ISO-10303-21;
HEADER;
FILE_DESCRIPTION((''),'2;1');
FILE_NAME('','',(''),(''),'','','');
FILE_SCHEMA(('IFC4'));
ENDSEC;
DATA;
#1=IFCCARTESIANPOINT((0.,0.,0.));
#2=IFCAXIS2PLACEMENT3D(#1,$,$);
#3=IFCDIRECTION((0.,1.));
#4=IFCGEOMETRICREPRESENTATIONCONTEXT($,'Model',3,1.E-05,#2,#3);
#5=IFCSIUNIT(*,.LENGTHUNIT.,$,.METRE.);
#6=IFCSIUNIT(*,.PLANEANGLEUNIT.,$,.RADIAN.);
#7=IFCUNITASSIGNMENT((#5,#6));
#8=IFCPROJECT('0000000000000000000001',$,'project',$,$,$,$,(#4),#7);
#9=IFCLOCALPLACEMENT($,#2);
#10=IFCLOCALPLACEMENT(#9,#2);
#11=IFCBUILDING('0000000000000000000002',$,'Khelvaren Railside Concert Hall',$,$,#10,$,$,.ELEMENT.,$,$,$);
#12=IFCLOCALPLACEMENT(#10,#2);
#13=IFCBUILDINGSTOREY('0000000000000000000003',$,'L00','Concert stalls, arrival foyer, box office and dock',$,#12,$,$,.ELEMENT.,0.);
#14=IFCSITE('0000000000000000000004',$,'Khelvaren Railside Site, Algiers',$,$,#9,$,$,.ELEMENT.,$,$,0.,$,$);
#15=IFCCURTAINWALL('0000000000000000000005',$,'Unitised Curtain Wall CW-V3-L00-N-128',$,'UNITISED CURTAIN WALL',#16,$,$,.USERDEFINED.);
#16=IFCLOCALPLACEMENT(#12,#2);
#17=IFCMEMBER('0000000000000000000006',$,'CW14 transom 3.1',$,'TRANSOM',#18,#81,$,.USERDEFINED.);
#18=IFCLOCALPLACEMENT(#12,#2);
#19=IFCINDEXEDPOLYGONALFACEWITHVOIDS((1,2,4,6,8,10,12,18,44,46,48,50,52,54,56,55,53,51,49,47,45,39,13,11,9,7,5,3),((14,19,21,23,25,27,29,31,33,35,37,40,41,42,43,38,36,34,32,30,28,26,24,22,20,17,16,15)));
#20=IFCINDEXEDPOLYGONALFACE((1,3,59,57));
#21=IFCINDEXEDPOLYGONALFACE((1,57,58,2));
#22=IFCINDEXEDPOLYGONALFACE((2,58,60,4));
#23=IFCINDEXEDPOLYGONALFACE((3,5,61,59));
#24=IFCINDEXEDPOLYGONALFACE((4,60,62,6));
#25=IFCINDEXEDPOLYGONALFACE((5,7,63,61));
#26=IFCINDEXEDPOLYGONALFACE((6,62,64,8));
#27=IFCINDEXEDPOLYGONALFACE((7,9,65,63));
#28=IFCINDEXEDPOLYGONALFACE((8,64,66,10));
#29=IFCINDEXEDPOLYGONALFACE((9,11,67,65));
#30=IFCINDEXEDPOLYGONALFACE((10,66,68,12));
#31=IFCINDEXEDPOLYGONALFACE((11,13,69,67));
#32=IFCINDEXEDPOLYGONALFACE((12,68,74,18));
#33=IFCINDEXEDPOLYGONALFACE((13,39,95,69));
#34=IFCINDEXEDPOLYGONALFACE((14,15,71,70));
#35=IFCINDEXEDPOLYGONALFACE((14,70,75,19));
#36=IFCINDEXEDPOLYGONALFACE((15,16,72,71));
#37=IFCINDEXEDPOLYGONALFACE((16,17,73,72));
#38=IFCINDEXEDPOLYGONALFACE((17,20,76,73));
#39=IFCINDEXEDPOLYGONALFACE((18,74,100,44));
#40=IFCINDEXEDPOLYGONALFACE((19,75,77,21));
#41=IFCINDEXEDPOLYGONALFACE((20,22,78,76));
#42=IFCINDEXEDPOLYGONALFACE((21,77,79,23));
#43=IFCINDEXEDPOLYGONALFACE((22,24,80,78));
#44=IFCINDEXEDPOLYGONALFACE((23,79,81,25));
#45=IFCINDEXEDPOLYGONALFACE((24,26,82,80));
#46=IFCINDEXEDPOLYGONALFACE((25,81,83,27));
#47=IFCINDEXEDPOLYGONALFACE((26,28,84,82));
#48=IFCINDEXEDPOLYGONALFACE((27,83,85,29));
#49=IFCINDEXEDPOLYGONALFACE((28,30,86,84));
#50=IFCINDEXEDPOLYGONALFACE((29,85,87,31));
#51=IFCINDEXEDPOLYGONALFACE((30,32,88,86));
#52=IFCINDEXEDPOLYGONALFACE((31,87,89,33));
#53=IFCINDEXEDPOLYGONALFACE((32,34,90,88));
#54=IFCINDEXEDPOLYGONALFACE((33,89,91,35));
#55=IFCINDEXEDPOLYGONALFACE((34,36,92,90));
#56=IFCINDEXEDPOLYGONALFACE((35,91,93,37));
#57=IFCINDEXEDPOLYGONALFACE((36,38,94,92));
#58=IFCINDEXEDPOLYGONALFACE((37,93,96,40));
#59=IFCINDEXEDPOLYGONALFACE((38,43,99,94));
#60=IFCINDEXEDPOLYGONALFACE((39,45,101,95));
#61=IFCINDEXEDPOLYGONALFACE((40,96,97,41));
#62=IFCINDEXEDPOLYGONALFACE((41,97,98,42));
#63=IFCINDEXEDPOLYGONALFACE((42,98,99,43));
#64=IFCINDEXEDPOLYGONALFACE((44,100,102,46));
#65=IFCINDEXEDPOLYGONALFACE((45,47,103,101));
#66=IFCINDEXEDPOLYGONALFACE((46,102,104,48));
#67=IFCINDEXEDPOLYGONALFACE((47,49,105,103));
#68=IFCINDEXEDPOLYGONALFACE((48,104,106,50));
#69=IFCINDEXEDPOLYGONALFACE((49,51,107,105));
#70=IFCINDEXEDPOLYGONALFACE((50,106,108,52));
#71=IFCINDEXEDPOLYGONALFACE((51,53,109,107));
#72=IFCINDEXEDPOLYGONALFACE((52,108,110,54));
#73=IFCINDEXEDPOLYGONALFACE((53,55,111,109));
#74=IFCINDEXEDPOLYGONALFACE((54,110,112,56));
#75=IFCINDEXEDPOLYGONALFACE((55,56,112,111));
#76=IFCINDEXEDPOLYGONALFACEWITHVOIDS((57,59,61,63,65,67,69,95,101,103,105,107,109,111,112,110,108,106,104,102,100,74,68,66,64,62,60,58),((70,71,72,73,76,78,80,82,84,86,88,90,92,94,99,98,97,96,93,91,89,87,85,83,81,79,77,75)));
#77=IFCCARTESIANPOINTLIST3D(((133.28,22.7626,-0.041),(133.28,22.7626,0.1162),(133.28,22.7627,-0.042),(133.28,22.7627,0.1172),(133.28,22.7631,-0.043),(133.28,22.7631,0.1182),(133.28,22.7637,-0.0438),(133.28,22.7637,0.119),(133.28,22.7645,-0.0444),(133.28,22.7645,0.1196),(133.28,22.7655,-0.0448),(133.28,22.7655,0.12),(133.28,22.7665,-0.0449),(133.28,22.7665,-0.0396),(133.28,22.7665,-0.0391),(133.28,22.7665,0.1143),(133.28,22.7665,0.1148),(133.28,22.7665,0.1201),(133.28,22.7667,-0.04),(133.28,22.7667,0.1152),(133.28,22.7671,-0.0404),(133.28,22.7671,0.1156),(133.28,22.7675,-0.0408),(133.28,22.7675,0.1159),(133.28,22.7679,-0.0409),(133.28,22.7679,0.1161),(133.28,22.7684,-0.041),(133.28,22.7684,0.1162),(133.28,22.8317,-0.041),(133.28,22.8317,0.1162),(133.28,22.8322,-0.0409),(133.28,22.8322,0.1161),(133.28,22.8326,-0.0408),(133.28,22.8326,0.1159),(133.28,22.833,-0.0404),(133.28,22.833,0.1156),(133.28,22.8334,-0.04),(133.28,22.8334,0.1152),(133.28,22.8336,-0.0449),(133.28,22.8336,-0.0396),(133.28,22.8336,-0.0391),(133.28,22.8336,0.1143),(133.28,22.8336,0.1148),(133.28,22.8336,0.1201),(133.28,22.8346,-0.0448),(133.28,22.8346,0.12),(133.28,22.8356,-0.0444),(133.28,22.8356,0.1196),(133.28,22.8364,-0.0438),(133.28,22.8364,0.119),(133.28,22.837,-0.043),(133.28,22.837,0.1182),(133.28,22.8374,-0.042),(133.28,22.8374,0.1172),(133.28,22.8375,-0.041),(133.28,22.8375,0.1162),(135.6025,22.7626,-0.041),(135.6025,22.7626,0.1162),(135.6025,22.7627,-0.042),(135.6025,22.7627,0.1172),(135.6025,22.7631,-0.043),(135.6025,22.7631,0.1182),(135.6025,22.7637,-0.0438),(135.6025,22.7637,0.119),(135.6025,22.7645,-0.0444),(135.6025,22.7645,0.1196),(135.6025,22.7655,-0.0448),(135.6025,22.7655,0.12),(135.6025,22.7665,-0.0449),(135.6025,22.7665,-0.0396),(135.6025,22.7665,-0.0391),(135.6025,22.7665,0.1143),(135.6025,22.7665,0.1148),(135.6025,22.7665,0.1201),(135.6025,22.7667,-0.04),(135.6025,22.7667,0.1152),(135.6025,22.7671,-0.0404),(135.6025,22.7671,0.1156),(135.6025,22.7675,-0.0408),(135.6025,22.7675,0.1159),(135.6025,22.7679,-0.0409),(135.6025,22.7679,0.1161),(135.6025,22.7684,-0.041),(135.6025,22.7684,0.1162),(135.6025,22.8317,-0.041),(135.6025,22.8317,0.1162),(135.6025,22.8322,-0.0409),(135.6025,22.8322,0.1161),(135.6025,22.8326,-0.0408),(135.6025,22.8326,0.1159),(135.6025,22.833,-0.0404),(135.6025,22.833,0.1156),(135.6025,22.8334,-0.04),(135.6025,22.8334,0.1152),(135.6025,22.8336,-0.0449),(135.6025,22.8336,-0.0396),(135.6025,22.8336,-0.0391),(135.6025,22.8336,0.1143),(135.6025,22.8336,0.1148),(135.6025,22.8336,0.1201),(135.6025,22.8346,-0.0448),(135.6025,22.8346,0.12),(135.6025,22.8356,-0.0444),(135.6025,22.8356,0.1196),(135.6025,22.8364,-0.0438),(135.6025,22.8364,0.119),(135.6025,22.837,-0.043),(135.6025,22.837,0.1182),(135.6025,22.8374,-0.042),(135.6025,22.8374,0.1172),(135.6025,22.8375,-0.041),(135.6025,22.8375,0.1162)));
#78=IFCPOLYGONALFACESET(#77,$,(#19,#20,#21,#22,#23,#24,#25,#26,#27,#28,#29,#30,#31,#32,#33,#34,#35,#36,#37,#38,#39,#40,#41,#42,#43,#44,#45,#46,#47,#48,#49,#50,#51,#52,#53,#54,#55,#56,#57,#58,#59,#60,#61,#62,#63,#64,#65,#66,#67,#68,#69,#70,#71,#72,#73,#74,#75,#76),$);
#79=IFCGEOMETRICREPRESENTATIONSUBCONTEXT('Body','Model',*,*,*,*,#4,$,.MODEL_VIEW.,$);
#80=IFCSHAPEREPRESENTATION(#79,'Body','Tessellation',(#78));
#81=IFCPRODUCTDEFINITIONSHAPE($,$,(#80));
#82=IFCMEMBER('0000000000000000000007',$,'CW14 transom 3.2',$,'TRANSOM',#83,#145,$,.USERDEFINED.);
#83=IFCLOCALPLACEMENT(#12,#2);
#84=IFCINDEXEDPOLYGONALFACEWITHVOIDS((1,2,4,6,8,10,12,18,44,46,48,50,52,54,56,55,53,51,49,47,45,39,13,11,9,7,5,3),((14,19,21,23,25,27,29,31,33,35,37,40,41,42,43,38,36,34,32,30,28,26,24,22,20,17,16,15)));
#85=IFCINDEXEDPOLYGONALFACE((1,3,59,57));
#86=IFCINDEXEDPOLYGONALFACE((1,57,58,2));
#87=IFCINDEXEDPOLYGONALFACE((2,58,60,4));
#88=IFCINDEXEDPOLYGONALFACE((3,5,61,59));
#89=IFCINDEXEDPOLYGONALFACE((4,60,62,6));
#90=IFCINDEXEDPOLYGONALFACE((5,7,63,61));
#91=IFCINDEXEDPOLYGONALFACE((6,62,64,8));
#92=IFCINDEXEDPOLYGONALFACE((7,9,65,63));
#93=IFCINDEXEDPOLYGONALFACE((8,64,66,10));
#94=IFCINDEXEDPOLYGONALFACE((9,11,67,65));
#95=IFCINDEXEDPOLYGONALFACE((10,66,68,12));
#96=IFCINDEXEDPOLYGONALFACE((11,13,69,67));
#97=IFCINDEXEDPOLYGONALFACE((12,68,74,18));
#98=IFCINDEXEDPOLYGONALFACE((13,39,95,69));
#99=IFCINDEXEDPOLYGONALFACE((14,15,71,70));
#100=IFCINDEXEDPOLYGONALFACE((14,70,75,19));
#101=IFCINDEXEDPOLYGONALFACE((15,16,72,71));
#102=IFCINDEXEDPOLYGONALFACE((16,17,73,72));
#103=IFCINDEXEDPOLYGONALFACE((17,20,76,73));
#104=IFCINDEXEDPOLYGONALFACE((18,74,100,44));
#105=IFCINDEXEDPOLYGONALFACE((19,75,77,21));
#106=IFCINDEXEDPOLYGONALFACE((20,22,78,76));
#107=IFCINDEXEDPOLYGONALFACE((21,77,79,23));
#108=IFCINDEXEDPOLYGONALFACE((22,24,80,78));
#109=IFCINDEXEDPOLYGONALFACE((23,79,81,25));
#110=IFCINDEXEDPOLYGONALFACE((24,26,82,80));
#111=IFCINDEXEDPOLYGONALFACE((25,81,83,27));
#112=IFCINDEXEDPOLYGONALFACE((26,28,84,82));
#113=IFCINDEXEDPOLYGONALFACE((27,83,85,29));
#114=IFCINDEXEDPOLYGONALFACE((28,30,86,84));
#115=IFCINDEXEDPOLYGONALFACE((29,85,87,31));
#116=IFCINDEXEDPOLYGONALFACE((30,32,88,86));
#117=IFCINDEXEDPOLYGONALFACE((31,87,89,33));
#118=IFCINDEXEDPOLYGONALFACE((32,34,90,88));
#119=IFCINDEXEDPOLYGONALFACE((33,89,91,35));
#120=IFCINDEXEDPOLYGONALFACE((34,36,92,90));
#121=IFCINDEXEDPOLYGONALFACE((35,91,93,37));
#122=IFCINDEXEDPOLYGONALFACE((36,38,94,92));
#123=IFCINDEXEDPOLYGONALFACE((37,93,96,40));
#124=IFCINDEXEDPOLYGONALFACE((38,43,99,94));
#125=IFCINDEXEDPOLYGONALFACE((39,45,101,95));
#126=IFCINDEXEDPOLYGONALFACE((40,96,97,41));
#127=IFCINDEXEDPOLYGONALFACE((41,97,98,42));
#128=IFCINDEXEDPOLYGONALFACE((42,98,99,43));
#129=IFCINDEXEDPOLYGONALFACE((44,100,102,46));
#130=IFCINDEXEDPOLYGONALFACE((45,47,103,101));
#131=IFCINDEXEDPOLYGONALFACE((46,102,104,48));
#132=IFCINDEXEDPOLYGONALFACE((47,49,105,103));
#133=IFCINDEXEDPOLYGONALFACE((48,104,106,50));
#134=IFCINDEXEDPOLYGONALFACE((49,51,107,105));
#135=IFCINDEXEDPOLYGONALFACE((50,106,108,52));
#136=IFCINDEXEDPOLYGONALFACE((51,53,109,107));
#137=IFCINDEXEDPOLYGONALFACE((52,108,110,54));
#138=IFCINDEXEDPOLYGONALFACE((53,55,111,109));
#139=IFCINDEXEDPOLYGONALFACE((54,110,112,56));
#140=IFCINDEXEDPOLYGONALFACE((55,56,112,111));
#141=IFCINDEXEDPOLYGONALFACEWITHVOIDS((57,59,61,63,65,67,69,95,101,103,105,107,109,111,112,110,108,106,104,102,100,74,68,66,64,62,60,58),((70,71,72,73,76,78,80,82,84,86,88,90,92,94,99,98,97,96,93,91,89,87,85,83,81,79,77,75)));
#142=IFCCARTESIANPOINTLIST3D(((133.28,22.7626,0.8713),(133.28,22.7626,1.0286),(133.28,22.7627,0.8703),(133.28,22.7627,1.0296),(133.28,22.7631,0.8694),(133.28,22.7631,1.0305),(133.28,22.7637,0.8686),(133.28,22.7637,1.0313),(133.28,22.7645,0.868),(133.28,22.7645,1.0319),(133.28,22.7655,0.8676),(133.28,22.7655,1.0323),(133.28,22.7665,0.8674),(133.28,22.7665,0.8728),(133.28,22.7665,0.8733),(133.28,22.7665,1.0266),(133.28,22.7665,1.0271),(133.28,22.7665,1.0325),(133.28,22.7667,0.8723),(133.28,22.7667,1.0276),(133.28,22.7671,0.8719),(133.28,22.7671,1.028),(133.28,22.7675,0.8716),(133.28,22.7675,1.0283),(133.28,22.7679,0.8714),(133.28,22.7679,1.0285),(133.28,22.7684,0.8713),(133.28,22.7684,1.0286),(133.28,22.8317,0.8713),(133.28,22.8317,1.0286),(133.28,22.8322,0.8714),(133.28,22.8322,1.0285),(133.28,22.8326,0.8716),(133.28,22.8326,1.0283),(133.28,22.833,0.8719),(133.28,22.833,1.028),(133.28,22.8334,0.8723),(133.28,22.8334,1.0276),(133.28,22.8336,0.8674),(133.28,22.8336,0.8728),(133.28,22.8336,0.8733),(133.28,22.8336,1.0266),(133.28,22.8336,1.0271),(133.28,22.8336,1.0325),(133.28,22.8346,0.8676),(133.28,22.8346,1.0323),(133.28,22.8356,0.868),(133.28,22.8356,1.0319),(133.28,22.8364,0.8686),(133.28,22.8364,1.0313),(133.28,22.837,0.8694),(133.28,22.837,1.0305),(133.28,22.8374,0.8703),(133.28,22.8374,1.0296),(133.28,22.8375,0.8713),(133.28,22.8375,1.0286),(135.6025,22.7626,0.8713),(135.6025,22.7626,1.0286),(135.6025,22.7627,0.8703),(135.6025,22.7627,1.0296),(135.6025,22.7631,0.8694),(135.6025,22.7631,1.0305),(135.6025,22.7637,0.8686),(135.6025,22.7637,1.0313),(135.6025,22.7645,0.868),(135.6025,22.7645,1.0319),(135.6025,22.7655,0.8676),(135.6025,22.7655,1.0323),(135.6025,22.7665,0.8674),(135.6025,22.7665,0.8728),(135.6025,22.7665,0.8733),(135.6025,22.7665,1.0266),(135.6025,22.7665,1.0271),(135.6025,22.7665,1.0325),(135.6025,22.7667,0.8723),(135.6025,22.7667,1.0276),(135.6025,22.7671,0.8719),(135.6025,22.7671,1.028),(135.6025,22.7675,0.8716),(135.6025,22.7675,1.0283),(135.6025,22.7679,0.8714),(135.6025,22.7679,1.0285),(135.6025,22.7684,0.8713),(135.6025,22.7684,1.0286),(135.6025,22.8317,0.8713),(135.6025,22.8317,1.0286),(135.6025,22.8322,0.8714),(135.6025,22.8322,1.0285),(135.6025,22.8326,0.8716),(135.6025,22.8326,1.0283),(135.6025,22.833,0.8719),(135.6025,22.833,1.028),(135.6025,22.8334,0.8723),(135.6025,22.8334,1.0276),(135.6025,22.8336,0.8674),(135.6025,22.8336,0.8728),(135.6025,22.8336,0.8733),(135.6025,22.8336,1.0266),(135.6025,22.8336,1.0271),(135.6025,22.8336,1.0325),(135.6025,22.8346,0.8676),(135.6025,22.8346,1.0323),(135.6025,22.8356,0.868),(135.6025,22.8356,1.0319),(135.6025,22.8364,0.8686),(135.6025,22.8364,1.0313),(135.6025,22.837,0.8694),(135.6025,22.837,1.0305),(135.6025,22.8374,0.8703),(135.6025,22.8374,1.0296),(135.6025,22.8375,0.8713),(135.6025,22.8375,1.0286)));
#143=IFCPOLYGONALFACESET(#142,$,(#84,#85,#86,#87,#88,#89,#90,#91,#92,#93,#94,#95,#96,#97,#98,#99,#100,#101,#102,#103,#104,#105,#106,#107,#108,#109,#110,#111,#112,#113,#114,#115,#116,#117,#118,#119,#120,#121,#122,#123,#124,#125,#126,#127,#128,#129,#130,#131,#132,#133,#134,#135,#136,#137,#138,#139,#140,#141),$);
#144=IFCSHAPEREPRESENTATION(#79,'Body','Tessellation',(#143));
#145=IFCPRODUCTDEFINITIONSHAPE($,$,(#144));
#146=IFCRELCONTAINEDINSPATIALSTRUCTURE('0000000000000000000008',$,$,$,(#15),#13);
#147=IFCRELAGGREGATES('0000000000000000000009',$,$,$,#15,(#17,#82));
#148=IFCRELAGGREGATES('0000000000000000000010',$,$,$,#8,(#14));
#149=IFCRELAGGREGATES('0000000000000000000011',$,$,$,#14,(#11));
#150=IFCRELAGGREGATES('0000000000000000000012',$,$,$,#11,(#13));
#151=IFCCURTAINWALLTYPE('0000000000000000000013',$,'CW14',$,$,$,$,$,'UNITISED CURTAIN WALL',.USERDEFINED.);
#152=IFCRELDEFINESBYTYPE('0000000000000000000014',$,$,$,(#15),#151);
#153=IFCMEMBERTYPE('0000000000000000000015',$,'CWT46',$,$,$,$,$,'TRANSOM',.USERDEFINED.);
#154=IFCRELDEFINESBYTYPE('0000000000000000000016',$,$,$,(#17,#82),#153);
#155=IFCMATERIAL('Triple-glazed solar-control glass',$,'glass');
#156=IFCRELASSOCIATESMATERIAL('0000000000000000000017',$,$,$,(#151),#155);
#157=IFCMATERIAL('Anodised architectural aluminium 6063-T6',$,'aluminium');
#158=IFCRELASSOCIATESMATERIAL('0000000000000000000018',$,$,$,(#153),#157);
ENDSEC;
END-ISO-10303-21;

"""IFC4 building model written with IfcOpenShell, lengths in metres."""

from ifc_helpers import new_model, si_unit, direction, frame, origin, origin_2d, place, context, subcontext, project, spatial, hollow_rectangle, extrude, material, material_profile, profile_set, type_object, element, aggregate, save


model = new_model("IFC4")

# Units and contexts
model_context = context("Model", 3, precision=1e-05, world=origin(), true_north=direction((0.0, 1.0)))
body_context = subcontext(model_context, "Body", "Model", "MODEL_VIEW")
ifc_project = project(units=[si_unit("LENGTHUNIT", "METRE"), si_unit("PLANEANGLEUNIT", "RADIAN")], contexts=[model_context])

# Site, building, storey
site_placement = place(None, origin())
site = spatial("IfcSite", under=ifc_project, at=site_placement, Name="Khelvaren Railside Site, Algiers", CompositionType="ELEMENT", RefElevation=0.0)
building_placement = place(site_placement, origin())
building = spatial("IfcBuilding", under=site, at=building_placement, Name="Khelvaren Railside Concert Hall", CompositionType="ELEMENT")
storey_placement = place(building_placement, origin())
storey = spatial("IfcBuildingStorey", under=building, at=storey_placement, Name="L00", Description="Concert stalls, arrival foyer, box office and dock", CompositionType="ELEMENT", Elevation=0.0)

# Shared definitions
ifc_material_1 = material(Name="Triple-glazed solar-control glass", Category="glass")
ifc_material_2 = material(Name="Anodised architectural aluminium 6063-T6", Category="aluminium")

# Curtain wall, members
curtain_wall_type_1 = type_object("IfcCurtainWallType", Name="CW14", ElementType="UNITISED CURTAIN WALL", PredefinedType="USERDEFINED", material=ifc_material_1)
curtain_wall_1_placement = place(storey_placement, origin())
curtain_wall_1 = element("IfcCurtainWall", 1, at=curtain_wall_1_placement, inside=storey, type_object=curtain_wall_type_1, Name="Unitised Curtain Wall CW-V3-L00-N-128", ObjectType="UNITISED CURTAIN WALL", PredefinedType="USERDEFINED")
ifc_material_profile_1 = material_profile(ifc_material_2, hollow_rectangle(XDim=0.075, YDim=0.165, WallThickness=0.0039, InnerFilletRadius=0.002, OuterFilletRadius=0.0039, at=origin_2d()), Name="CWT 75x165x4")
ifc_profile_set_1 = profile_set([ifc_material_profile_1], Name="Anodised architectural aluminium 6063-T6")
member_type_1 = type_object("IfcMemberType", Name="CWT46", ElementType="TRANSOM", PredefinedType="USERDEFINED", material=ifc_profile_set_1)
member_1_placement = place(storey_placement, frame((133.28, 22.8, 0.0376), z_axis=(1.0, 0.0, 0.0), x_axis=(0.0, 1.0, 0.0)))
member_1 = element("IfcMember", 2, at=member_1_placement, type_object=member_type_1, Name="CW14 transom 3.1", ObjectType="TRANSOM", PredefinedType="USERDEFINED", context=body_context, shape_type="SweptSolid", body=[
    extrude(hollow_rectangle(XDim=0.075, YDim=0.165, WallThickness=0.0039, InnerFilletRadius=0.002, OuterFilletRadius=0.0039, at=origin_2d()), origin(), (0.0, 0.0, 1.0), 2.3225),
])
member_2_placement = place(storey_placement, frame((133.28, 22.8, 0.95), z_axis=(1.0, 0.0, 0.0), x_axis=(0.0, 1.0, 0.0)))
member_2 = element("IfcMember", 3, at=member_2_placement, type_object=member_type_1, Name="CW14 transom 3.2", ObjectType="TRANSOM", PredefinedType="USERDEFINED", context=body_context, shape_type="SweptSolid", body=[
    extrude(hollow_rectangle(XDim=0.075, YDim=0.165, WallThickness=0.0039, InnerFilletRadius=0.002, OuterFilletRadius=0.0039, at=origin_2d()), origin(), (0.0, 0.0, 1.0), 2.3225),
])

aggregate(curtain_wall_1, [member_1, member_2])

save(model, "model.ifc")
